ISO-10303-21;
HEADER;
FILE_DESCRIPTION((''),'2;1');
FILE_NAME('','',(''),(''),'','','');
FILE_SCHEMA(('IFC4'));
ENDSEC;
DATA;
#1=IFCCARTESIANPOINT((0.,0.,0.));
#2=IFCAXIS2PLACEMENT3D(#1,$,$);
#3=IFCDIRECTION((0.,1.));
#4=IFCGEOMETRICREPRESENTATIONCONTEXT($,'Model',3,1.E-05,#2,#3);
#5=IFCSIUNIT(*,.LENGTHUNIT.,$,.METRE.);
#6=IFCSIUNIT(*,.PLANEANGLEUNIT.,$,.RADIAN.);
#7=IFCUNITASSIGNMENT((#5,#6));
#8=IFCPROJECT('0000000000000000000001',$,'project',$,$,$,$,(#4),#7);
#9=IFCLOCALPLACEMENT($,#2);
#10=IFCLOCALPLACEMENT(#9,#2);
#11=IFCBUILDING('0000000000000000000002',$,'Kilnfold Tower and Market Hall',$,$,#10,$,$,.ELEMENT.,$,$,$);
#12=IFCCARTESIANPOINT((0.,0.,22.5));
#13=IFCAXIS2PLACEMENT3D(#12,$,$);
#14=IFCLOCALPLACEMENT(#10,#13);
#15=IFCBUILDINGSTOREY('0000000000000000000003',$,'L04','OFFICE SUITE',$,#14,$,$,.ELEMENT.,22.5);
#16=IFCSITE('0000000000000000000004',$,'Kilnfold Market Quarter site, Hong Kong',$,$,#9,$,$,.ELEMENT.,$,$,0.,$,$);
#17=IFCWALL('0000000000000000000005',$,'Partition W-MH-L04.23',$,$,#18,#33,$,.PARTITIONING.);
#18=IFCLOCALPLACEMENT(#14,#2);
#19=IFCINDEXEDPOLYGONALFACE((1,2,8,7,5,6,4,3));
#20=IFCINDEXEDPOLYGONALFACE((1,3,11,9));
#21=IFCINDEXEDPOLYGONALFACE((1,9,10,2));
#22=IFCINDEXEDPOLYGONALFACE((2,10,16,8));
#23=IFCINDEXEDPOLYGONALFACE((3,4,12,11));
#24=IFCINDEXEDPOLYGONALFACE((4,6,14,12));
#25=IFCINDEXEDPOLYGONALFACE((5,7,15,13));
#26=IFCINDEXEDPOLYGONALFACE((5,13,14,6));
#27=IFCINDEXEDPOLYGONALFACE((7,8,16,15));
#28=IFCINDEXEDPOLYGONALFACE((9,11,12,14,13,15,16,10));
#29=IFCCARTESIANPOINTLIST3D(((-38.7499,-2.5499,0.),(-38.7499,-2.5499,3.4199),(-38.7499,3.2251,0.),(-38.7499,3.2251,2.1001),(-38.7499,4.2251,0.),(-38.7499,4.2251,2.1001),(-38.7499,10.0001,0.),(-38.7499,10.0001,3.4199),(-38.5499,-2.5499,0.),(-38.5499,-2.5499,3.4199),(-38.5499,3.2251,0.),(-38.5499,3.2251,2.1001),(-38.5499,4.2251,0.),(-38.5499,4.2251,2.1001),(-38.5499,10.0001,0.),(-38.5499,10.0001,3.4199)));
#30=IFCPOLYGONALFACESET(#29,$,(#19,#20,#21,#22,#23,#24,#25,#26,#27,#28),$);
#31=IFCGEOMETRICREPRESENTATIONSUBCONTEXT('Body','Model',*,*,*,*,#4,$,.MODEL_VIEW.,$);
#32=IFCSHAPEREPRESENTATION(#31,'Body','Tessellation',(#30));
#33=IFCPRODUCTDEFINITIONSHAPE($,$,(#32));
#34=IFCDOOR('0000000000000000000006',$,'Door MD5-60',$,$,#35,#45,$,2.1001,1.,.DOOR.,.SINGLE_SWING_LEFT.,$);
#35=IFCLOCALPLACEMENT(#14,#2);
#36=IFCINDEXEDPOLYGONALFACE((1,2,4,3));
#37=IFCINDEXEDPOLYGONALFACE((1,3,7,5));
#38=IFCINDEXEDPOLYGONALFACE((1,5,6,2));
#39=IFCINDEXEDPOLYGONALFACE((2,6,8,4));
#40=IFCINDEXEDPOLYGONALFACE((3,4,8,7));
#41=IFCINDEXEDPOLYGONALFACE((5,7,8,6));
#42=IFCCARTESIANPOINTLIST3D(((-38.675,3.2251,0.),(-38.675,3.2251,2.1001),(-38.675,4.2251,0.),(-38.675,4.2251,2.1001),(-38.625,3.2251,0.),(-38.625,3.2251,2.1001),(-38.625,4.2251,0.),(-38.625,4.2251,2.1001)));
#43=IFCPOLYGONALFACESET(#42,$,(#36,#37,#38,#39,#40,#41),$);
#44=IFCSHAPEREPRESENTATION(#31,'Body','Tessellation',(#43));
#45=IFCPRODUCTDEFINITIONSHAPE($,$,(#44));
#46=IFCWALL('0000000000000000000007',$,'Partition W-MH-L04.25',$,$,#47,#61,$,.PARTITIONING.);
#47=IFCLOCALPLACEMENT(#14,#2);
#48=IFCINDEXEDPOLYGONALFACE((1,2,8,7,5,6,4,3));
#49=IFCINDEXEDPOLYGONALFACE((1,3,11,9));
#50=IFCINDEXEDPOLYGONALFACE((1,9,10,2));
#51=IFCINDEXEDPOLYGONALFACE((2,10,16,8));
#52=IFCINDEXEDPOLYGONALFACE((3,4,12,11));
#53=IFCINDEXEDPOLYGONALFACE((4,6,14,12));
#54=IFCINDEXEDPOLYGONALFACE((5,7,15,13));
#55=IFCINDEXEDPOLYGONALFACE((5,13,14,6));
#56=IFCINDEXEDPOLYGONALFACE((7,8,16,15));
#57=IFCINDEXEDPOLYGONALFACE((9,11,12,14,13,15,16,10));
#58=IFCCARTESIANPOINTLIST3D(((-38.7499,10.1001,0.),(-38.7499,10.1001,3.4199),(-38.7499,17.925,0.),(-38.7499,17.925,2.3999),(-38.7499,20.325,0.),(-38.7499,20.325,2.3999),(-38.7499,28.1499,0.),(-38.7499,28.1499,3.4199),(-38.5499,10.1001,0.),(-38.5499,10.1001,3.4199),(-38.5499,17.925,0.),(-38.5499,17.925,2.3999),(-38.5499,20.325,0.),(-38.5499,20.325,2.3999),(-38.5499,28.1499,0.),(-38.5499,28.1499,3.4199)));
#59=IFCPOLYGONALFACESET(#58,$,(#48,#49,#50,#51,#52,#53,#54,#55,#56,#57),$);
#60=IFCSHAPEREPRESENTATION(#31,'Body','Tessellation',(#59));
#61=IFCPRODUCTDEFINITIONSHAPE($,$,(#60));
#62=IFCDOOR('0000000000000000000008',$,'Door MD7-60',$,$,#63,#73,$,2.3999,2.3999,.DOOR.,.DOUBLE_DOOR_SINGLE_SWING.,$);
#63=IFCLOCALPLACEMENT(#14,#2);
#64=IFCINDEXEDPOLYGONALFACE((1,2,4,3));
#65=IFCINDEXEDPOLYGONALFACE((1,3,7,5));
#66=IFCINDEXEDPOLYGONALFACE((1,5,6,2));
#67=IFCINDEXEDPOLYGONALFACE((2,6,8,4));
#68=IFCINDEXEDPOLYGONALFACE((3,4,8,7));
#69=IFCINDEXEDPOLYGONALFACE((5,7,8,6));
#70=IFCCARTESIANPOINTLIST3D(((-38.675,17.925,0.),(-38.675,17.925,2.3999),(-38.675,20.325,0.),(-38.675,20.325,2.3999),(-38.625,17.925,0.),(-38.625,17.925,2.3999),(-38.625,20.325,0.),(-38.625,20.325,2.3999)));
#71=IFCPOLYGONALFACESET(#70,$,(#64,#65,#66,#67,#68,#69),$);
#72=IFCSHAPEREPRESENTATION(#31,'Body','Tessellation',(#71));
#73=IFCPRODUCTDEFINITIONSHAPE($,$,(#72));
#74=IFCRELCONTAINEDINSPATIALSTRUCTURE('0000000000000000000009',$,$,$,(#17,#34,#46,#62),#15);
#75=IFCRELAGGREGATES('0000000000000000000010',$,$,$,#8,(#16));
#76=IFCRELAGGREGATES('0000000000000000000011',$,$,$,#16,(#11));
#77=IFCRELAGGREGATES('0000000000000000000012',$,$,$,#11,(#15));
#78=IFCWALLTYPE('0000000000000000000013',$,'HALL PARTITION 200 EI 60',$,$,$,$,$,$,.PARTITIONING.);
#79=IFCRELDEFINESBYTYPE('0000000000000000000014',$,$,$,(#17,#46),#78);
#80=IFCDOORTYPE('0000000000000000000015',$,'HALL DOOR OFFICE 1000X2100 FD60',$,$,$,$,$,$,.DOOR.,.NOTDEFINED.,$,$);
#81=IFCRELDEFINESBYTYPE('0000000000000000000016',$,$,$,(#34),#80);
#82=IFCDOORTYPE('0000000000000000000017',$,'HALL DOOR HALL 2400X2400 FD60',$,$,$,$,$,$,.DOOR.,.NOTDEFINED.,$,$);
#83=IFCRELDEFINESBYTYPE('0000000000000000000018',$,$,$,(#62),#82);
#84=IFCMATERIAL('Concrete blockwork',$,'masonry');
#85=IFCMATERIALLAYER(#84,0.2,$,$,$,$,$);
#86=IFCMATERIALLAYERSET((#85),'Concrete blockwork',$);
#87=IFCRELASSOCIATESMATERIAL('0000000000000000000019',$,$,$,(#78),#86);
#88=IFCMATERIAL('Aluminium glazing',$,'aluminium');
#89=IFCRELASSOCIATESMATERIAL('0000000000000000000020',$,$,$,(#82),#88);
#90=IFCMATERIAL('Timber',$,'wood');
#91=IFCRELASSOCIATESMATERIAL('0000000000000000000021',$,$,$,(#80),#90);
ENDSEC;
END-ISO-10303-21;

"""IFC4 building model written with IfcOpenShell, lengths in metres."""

from ifc_helpers import new_model, si_unit, direction, frame, frame_2d, origin, place, context, subcontext, project, spatial, rectangle, extrude, source, transform, mapped, material, layer, layer_set, type_object, element, fill, save


model = new_model("IFC4")

# Units and contexts
model_context = context("Model", 3, precision=1e-05, world=origin(), true_north=direction((0.0, 1.0)))
body_context = subcontext(model_context, "Body", "Model", "MODEL_VIEW")
ifc_project = project(units=[si_unit("LENGTHUNIT", "METRE"), si_unit("PLANEANGLEUNIT", "RADIAN")], contexts=[model_context])

# Site, building, storey
site_placement = place(None, origin())
site = spatial("IfcSite", under=ifc_project, at=site_placement, Name="Kilnfold Market Quarter site, Hong Kong", CompositionType="ELEMENT", RefElevation=0.0)
building_placement = place(site_placement, origin())
building = spatial("IfcBuilding", under=site, at=building_placement, Name="Kilnfold Tower and Market Hall", CompositionType="ELEMENT")
storey_placement = place(building_placement, frame((0.0, 0.0, 22.5)))
storey = spatial("IfcBuildingStorey", under=building, at=storey_placement, Name="L04", Description="OFFICE SUITE", CompositionType="ELEMENT", Elevation=22.5)

# Shared definitions
ifc_material_1 = material(Name="Concrete blockwork", Category="masonry")
ifc_layer_1 = layer(ifc_material_1, 0.2)
ifc_layer_set_1 = layer_set([ifc_layer_1], Name="Concrete blockwork")
wall_type_1 = type_object("IfcWallType", Name="HALL PARTITION 200 EI 60", PredefinedType="PARTITIONING", material=ifc_layer_set_1)
ifc_material_2 = material(Name="Aluminium glazing", Category="aluminium")
door_type_1 = type_object("IfcDoorType", Name="HALL DOOR HALL 2400X2400 FD60", OperationType="NOTDEFINED", PredefinedType="DOOR", material=ifc_material_2)

# Walls, openings, doors
shared_shape_1 = source(origin(), body_context, "Body", "SweptSolid", [
    extrude(rectangle(XDim=12.55, YDim=0.2, at=frame_2d((6.2749, 0.0))), origin(), (0.0, 0.0, 1.0), 3.4199),
])
wall_1_placement = place(storey_placement, frame((-38.6499, 10.0, 0.0), z_axis=(0.0, 0.0, 1.0), x_axis=(0.0, -1.0, 0.0)))
wall_1 = element("IfcWall", 1, at=wall_1_placement, inside=storey, type_object=wall_type_1, Name="Partition W-MH-L04.23", PredefinedType="PARTITIONING", context=body_context, shape_type="MappedRepresentation", body=[
    mapped(shared_shape_1, transform((0.0, 0.0, 0.0))),
])
opening_1_placement = place(wall_1_placement, frame((5.7749, 0.0, 0.0)))
opening_1 = element("IfcOpeningElement", 2, at=opening_1_placement, cuts=wall_1, PredefinedType="OPENING", context=body_context, shape_type="SweptSolid", body=[
    extrude(rectangle(XDim=1.0, YDim=2.1001, at=frame_2d((0.5, 1.05))), frame((0.0, 0.1099, 0.0), z_axis=(0.0, -1.0, 0.0), x_axis=(1.0, 0.0, 0.0)), (0.0, 0.0, 1.0), 0.22),
])
ifc_material_3 = material(Name="Timber", Category="wood")
door_type_2 = type_object("IfcDoorType", Name="HALL DOOR OFFICE 1000X2100 FD60", OperationType="NOTDEFINED", PredefinedType="DOOR", material=ifc_material_3)
door_1_placement = place(opening_1_placement, origin())
door_1 = element("IfcDoor", 3, at=door_1_placement, inside=storey, type_object=door_type_2, Name="Door MD5-60", OperationType="SINGLE_SWING_LEFT", OverallHeight=2.1001, OverallWidth=1.0, PredefinedType="DOOR", context=body_context, shape_type="SweptSolid", body=[
    extrude(rectangle(XDim=1.0, YDim=2.1001, at=frame_2d((0.5, 1.05))), frame((0.0, 0.0249, 0.0), z_axis=(0.0, -1.0, 0.0), x_axis=(1.0, 0.0, 0.0)), (0.0, 0.0, 1.0), 0.05),
])
fill(opening_1, door_1)
shared_shape_2 = source(origin(), body_context, "Body", "SweptSolid", [
    extrude(rectangle(XDim=18.0498, YDim=0.2, at=frame_2d((9.0249, 0.0))), origin(), (0.0, 0.0, 1.0), 3.4199),
])
wall_2_placement = place(storey_placement, frame((-38.6499, 28.1499, 0.0), z_axis=(0.0, 0.0, 1.0), x_axis=(0.0, -1.0, 0.0)))
wall_2 = element("IfcWall", 4, at=wall_2_placement, inside=storey, type_object=wall_type_1, Name="Partition W-MH-L04.25", PredefinedType="PARTITIONING", context=body_context, shape_type="MappedRepresentation", body=[
    mapped(shared_shape_2, transform((0.0, 0.0, 0.0))),
])
opening_2_placement = place(wall_2_placement, frame((7.825, 0.0, 0.0)))
opening_2 = element("IfcOpeningElement", 5, at=opening_2_placement, cuts=wall_2, PredefinedType="OPENING", context=body_context, shape_type="SweptSolid", body=[
    extrude(rectangle(XDim=2.3999, YDim=2.3999, at=frame_2d((1.2, 1.2))), frame((0.0, 0.1099, 0.0), z_axis=(0.0, -1.0, 0.0), x_axis=(1.0, 0.0, 0.0)), (0.0, 0.0, 1.0), 0.22),
])
door_2_placement = place(opening_2_placement, origin())
door_2 = element("IfcDoor", 6, at=door_2_placement, inside=storey, type_object=door_type_1, Name="Door MD7-60", OperationType="DOUBLE_DOOR_SINGLE_SWING", OverallHeight=2.3999, OverallWidth=2.3999, PredefinedType="DOOR", context=body_context, shape_type="SweptSolid", body=[
    extrude(rectangle(XDim=2.3999, YDim=2.3999, at=frame_2d((1.2, 1.2))), frame((0.0, 0.0249, 0.0), z_axis=(0.0, -1.0, 0.0), x_axis=(1.0, 0.0, 0.0)), (0.0, 0.0, 1.0), 0.05),
])
fill(opening_2, door_2)

save(model, "model.ifc")
